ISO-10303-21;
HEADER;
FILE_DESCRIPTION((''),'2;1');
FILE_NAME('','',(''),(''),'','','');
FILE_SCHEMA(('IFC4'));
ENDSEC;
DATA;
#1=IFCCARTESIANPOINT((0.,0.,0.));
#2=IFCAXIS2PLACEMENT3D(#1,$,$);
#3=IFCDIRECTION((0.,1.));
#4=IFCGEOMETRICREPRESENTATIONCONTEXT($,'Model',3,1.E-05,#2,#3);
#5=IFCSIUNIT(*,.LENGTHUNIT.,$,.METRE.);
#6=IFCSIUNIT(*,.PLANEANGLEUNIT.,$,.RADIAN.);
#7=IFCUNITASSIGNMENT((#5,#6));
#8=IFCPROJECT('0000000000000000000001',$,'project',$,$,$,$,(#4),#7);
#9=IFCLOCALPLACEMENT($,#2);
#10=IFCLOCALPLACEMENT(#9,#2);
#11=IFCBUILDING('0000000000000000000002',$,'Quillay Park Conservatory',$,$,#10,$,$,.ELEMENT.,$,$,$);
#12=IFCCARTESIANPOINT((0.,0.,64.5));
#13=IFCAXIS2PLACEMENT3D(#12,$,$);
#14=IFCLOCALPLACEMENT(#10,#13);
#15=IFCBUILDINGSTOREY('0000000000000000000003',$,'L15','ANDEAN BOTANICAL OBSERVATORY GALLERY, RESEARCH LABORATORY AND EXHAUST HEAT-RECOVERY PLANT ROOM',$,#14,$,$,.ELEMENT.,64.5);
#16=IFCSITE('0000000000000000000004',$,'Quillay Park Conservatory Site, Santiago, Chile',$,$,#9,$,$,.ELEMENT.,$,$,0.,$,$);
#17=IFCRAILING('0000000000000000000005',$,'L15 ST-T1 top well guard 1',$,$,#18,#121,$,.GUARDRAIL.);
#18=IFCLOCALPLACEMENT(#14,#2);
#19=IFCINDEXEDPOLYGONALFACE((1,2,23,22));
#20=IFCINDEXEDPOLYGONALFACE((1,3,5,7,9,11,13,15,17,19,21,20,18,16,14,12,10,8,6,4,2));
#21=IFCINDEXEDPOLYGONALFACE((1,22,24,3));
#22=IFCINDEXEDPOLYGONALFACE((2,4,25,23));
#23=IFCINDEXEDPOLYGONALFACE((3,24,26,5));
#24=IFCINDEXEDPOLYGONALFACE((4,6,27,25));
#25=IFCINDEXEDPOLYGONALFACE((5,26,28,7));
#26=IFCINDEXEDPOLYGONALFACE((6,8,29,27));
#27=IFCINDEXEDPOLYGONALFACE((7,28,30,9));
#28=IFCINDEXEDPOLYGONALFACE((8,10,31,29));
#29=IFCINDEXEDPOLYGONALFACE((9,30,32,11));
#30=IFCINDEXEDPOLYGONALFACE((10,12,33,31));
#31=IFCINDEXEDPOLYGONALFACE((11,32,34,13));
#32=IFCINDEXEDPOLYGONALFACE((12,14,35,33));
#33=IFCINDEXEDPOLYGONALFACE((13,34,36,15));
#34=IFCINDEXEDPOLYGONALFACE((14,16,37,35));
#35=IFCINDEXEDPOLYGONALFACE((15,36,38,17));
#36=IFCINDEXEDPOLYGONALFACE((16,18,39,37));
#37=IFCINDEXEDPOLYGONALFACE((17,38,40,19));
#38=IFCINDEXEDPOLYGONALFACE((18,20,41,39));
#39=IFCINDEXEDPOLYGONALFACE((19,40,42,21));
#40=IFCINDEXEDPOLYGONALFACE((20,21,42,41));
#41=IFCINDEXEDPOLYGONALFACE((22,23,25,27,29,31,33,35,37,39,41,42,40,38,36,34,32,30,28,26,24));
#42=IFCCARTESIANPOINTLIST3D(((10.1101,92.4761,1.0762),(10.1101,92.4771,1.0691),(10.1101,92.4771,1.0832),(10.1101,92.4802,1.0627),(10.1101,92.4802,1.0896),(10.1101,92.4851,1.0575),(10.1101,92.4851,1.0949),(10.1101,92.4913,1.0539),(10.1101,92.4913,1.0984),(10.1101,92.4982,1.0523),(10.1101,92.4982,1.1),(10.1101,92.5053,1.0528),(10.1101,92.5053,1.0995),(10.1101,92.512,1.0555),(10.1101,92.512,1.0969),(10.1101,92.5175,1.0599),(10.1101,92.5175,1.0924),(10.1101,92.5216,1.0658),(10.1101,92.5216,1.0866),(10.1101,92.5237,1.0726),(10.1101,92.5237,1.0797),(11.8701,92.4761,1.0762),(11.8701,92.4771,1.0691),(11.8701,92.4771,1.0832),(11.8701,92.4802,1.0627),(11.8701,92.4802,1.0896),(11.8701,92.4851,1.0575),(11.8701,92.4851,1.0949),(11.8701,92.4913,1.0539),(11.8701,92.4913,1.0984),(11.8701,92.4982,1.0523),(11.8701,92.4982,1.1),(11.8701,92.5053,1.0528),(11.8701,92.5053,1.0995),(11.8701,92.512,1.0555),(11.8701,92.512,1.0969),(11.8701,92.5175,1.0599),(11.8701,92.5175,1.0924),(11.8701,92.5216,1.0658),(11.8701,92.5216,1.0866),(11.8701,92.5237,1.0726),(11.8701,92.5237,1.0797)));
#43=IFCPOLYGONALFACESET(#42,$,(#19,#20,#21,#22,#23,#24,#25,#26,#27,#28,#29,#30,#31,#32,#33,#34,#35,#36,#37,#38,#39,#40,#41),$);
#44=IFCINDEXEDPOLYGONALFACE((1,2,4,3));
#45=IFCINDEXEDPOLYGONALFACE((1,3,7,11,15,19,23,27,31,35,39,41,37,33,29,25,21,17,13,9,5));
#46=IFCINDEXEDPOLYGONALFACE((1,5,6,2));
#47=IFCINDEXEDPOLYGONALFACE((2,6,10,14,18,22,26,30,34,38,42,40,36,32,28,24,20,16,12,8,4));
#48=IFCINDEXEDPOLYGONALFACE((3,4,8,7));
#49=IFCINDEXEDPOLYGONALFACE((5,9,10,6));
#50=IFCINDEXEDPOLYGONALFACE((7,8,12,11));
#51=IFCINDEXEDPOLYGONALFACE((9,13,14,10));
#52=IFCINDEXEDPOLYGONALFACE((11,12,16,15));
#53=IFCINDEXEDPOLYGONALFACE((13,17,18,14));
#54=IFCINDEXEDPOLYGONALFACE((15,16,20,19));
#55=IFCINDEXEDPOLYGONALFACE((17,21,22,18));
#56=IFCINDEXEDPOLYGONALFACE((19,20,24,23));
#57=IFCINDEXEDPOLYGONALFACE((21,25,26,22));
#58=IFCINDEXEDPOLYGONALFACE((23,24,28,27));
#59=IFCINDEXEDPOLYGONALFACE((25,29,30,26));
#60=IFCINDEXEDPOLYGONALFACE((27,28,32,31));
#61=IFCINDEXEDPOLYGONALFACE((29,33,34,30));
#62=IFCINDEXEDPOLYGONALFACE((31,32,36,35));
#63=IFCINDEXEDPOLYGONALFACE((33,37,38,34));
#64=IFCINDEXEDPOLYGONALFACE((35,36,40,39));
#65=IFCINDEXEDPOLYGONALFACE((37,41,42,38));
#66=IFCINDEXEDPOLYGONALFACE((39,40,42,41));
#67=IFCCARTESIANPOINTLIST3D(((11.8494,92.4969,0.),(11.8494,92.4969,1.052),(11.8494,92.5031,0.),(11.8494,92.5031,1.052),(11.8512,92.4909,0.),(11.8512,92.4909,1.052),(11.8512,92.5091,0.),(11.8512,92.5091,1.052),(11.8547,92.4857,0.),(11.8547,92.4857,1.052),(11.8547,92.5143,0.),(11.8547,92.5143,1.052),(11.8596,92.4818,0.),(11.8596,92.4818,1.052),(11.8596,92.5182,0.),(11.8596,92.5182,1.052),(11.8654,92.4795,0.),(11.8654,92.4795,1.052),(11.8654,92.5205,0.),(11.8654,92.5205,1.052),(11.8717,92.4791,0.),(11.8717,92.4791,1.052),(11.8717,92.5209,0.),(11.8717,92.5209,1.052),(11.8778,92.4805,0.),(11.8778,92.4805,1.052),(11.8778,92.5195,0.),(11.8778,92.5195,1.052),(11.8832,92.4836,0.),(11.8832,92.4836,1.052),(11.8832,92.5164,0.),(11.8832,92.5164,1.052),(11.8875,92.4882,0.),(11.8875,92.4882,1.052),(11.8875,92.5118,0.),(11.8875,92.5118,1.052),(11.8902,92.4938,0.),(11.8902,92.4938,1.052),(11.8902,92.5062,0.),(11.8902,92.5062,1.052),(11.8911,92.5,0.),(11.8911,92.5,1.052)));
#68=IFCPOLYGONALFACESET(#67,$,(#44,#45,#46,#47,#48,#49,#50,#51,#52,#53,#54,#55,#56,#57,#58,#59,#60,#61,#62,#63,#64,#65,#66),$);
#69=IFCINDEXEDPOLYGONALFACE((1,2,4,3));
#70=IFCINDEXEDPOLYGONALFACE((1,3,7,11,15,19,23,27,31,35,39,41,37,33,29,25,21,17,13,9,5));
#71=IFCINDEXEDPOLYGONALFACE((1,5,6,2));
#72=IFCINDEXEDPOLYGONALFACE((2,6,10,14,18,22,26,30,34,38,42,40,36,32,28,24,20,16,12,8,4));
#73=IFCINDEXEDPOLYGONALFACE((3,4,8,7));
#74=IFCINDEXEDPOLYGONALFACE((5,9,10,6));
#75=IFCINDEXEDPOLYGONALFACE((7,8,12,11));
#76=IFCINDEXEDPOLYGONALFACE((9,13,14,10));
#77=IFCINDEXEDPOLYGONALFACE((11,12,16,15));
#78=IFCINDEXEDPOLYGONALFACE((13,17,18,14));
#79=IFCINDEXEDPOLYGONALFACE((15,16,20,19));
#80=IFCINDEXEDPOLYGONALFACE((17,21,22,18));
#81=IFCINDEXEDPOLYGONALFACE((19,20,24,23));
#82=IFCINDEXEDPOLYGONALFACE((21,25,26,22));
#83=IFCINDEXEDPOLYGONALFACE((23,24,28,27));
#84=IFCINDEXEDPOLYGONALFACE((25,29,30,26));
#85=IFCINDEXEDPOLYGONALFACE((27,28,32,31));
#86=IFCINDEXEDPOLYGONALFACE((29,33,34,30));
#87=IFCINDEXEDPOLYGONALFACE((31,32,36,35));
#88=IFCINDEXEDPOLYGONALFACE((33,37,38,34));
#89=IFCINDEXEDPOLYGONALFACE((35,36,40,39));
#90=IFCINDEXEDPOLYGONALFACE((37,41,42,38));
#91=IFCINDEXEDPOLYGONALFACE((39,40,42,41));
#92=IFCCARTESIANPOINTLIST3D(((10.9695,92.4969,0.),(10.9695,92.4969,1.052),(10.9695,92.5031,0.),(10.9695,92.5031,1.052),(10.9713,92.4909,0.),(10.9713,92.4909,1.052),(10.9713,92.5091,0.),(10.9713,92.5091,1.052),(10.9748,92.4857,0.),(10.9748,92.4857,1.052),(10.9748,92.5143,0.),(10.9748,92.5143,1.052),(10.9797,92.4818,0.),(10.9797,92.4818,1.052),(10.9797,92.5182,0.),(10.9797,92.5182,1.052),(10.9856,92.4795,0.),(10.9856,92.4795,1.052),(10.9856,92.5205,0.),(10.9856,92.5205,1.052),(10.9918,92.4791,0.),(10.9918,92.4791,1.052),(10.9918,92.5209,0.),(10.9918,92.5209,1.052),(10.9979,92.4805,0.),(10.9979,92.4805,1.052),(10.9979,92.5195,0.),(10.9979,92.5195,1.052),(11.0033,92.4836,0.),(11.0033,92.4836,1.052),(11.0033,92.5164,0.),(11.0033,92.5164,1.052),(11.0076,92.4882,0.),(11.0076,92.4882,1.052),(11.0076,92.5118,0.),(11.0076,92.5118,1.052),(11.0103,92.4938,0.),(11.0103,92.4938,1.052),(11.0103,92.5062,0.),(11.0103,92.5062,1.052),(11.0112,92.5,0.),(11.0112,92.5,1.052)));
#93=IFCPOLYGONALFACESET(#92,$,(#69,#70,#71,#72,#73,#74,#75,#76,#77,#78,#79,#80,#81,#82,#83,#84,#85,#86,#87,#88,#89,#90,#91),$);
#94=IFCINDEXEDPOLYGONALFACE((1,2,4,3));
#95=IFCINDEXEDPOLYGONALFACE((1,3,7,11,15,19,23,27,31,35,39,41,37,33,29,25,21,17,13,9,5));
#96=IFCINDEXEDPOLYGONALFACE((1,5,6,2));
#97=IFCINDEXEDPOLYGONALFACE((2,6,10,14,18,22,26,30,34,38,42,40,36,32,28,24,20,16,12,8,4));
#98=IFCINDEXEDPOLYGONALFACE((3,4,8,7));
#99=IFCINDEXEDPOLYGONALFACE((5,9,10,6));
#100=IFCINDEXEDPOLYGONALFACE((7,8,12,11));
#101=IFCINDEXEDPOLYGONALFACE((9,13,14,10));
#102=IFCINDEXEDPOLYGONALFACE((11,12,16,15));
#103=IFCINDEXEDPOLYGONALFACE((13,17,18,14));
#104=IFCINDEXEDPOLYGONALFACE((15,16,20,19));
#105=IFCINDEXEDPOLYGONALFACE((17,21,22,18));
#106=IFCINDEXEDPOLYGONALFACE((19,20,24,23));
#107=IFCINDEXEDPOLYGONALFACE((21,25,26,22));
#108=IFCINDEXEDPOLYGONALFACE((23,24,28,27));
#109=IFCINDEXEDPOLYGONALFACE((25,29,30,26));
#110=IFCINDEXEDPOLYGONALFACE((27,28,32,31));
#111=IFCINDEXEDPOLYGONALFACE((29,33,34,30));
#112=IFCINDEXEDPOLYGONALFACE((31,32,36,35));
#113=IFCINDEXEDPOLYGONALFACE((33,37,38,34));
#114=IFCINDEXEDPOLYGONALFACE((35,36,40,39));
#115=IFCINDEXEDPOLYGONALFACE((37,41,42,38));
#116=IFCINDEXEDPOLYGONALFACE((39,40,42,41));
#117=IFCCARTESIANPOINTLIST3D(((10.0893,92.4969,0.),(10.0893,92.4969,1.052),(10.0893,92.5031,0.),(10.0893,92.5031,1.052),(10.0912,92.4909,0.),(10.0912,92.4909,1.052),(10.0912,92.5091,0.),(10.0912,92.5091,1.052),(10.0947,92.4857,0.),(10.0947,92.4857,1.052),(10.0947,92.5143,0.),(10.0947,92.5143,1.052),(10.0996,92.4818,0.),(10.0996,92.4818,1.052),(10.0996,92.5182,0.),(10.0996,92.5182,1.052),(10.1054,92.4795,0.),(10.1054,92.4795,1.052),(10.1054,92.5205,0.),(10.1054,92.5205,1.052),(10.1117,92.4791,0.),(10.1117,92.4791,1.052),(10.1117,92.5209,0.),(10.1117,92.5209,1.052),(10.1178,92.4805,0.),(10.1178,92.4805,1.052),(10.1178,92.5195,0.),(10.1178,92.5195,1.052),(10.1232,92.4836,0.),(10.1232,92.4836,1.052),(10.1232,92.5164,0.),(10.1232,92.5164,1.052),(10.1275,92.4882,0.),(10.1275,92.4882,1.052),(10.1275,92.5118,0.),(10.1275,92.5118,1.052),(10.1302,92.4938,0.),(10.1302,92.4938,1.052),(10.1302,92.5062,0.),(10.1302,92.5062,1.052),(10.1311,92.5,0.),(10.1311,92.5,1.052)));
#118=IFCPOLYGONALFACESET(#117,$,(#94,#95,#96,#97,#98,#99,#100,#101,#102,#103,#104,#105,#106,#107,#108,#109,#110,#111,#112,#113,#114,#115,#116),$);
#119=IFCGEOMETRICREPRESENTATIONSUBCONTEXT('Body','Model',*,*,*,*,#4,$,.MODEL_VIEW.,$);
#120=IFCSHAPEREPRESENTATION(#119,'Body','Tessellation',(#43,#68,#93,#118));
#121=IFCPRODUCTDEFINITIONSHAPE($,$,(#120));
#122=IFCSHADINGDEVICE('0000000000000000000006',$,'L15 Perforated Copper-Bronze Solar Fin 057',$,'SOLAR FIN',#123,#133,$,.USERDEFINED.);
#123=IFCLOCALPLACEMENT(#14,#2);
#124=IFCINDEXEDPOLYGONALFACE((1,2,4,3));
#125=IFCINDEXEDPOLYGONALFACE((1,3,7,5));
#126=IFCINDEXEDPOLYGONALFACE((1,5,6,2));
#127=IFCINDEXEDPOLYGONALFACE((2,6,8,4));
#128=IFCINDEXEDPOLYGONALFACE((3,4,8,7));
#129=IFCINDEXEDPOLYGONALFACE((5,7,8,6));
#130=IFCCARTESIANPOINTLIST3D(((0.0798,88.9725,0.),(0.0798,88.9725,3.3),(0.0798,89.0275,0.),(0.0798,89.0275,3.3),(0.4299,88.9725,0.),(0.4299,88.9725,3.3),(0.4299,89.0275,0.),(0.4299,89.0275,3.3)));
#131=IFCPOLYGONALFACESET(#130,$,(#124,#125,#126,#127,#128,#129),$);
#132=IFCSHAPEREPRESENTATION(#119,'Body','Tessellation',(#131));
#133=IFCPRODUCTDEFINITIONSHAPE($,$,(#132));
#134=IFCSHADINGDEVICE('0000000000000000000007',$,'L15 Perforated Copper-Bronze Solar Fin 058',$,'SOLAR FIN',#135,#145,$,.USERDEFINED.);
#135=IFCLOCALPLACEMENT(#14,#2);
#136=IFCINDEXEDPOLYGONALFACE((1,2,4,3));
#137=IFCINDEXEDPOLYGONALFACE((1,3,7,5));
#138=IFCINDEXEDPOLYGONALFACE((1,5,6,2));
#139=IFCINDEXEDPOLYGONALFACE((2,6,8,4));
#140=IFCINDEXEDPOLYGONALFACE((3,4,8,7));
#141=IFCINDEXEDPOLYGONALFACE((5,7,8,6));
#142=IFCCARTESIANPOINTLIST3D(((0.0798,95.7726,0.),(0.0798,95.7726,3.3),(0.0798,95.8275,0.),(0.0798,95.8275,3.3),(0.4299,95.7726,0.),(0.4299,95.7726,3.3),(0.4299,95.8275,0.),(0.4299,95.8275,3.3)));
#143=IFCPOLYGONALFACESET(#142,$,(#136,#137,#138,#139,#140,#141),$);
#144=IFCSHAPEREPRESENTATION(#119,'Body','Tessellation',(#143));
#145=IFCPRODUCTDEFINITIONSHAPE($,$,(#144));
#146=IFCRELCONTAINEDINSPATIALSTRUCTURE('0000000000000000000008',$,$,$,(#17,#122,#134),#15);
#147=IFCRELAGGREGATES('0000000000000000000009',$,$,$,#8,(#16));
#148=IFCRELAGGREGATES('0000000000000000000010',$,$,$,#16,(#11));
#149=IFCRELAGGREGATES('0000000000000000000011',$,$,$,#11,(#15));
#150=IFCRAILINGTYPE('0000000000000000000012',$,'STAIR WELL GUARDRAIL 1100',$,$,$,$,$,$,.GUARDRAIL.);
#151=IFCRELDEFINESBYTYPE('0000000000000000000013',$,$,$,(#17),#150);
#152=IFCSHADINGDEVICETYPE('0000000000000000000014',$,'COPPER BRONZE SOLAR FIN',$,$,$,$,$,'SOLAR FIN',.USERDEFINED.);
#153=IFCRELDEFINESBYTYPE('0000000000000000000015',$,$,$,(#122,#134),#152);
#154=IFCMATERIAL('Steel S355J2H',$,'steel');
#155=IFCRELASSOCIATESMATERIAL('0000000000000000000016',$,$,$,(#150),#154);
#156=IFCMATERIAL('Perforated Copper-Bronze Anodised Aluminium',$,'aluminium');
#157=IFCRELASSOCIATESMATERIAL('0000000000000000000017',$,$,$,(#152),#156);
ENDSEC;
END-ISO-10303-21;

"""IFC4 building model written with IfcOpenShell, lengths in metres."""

from ifc_helpers import new_model, si_unit, direction, frame, origin, origin_2d, place, context, subcontext, project, spatial, rectangle, circle, extrude, material, type_object, element, save


model = new_model("IFC4")

# Units and contexts
model_context = context("Model", 3, precision=1e-05, world=origin(), true_north=direction((0.0, 1.0)))
body_context = subcontext(model_context, "Body", "Model", "MODEL_VIEW")
ifc_project = project(units=[si_unit("LENGTHUNIT", "METRE"), si_unit("PLANEANGLEUNIT", "RADIAN")], contexts=[model_context])

# Site, building, storey
site_placement = place(None, origin())
site = spatial("IfcSite", under=ifc_project, at=site_placement, Name="Quillay Park Conservatory Site, Santiago, Chile", CompositionType="ELEMENT", RefElevation=0.0)
building_placement = place(site_placement, origin())
building = spatial("IfcBuilding", under=site, at=building_placement, Name="Quillay Park Conservatory", CompositionType="ELEMENT")
storey_placement = place(building_placement, frame((0.0, 0.0, 64.5)))
storey = spatial("IfcBuildingStorey", under=building, at=storey_placement, Name="L15", Description="ANDEAN BOTANICAL OBSERVATORY GALLERY, RESEARCH LABORATORY AND EXHAUST HEAT-RECOVERY PLANT ROOM", CompositionType="ELEMENT", Elevation=64.5)

# Railing
ifc_material_1 = material(Name="Steel S355J2H", Category="steel")
railing_type = type_object("IfcRailingType", Name="STAIR WELL GUARDRAIL 1100", PredefinedType="GUARDRAIL", material=ifc_material_1)
railing_placement = place(storey_placement, frame((11.8701, 92.5, 0.0)))
element("IfcRailing", 1, at=railing_placement, inside=storey, type_object=railing_type, Name="L15 ST-T1 top well guard 1", PredefinedType="GUARDRAIL", context=body_context, shape_type="SweptSolid", body=[
    extrude(circle(Radius=0.0239, at=origin_2d()), frame((0.0, 0.0, 1.0762), z_axis=(-1.0, 0.0, 0.0), x_axis=(0.0, -1.0, 0.0)), (0.0, 0.0, 1.0), 1.76),
    extrude(circle(Radius=0.021, at=origin_2d()), origin(), (0.0, 0.0, 1.0), 1.052),
    extrude(circle(Radius=0.021, at=origin_2d()), frame((-0.8799, 0.0, 0.0)), (0.0, 0.0, 1.0), 1.052),
    extrude(circle(Radius=0.021, at=origin_2d()), frame((-1.76, 0.0, 0.0)), (0.0, 0.0, 1.0), 1.052),
])

# Shading devices
ifc_material_2 = material(Name="Perforated Copper-Bronze Anodised Aluminium", Category="aluminium")
shading_device_type = type_object("IfcShadingDeviceType", Name="COPPER BRONZE SOLAR FIN", ElementType="SOLAR FIN", PredefinedType="USERDEFINED", material=ifc_material_2)
for number, where, z_axis, x_axis, name in (
    (2, (0.2549, 89.0, 0.0), (0.0, 0.0, 1.0), (1.0, 0.0, 0.0), "L15 Perforated Copper-Bronze Solar Fin 057"),
    (3, (0.2549, 95.8, 0.0), (0.0, 0.0, 1.0), (1.0, 0.0, 0.0), "L15 Perforated Copper-Bronze Solar Fin 058"),
):
    element("IfcShadingDevice", number, at=place(storey_placement, frame(where, z_axis=z_axis, x_axis=x_axis)), inside=storey, type_object=shading_device_type, Name=name, ObjectType="SOLAR FIN", PredefinedType="USERDEFINED", context=body_context, shape_type="SweptSolid", body=[
        extrude(rectangle(XDim=0.3501, YDim=0.0549, at=origin_2d()), origin(), (0.0, 0.0, 1.0), 3.3),
    ])

save(model, "model.ifc")
